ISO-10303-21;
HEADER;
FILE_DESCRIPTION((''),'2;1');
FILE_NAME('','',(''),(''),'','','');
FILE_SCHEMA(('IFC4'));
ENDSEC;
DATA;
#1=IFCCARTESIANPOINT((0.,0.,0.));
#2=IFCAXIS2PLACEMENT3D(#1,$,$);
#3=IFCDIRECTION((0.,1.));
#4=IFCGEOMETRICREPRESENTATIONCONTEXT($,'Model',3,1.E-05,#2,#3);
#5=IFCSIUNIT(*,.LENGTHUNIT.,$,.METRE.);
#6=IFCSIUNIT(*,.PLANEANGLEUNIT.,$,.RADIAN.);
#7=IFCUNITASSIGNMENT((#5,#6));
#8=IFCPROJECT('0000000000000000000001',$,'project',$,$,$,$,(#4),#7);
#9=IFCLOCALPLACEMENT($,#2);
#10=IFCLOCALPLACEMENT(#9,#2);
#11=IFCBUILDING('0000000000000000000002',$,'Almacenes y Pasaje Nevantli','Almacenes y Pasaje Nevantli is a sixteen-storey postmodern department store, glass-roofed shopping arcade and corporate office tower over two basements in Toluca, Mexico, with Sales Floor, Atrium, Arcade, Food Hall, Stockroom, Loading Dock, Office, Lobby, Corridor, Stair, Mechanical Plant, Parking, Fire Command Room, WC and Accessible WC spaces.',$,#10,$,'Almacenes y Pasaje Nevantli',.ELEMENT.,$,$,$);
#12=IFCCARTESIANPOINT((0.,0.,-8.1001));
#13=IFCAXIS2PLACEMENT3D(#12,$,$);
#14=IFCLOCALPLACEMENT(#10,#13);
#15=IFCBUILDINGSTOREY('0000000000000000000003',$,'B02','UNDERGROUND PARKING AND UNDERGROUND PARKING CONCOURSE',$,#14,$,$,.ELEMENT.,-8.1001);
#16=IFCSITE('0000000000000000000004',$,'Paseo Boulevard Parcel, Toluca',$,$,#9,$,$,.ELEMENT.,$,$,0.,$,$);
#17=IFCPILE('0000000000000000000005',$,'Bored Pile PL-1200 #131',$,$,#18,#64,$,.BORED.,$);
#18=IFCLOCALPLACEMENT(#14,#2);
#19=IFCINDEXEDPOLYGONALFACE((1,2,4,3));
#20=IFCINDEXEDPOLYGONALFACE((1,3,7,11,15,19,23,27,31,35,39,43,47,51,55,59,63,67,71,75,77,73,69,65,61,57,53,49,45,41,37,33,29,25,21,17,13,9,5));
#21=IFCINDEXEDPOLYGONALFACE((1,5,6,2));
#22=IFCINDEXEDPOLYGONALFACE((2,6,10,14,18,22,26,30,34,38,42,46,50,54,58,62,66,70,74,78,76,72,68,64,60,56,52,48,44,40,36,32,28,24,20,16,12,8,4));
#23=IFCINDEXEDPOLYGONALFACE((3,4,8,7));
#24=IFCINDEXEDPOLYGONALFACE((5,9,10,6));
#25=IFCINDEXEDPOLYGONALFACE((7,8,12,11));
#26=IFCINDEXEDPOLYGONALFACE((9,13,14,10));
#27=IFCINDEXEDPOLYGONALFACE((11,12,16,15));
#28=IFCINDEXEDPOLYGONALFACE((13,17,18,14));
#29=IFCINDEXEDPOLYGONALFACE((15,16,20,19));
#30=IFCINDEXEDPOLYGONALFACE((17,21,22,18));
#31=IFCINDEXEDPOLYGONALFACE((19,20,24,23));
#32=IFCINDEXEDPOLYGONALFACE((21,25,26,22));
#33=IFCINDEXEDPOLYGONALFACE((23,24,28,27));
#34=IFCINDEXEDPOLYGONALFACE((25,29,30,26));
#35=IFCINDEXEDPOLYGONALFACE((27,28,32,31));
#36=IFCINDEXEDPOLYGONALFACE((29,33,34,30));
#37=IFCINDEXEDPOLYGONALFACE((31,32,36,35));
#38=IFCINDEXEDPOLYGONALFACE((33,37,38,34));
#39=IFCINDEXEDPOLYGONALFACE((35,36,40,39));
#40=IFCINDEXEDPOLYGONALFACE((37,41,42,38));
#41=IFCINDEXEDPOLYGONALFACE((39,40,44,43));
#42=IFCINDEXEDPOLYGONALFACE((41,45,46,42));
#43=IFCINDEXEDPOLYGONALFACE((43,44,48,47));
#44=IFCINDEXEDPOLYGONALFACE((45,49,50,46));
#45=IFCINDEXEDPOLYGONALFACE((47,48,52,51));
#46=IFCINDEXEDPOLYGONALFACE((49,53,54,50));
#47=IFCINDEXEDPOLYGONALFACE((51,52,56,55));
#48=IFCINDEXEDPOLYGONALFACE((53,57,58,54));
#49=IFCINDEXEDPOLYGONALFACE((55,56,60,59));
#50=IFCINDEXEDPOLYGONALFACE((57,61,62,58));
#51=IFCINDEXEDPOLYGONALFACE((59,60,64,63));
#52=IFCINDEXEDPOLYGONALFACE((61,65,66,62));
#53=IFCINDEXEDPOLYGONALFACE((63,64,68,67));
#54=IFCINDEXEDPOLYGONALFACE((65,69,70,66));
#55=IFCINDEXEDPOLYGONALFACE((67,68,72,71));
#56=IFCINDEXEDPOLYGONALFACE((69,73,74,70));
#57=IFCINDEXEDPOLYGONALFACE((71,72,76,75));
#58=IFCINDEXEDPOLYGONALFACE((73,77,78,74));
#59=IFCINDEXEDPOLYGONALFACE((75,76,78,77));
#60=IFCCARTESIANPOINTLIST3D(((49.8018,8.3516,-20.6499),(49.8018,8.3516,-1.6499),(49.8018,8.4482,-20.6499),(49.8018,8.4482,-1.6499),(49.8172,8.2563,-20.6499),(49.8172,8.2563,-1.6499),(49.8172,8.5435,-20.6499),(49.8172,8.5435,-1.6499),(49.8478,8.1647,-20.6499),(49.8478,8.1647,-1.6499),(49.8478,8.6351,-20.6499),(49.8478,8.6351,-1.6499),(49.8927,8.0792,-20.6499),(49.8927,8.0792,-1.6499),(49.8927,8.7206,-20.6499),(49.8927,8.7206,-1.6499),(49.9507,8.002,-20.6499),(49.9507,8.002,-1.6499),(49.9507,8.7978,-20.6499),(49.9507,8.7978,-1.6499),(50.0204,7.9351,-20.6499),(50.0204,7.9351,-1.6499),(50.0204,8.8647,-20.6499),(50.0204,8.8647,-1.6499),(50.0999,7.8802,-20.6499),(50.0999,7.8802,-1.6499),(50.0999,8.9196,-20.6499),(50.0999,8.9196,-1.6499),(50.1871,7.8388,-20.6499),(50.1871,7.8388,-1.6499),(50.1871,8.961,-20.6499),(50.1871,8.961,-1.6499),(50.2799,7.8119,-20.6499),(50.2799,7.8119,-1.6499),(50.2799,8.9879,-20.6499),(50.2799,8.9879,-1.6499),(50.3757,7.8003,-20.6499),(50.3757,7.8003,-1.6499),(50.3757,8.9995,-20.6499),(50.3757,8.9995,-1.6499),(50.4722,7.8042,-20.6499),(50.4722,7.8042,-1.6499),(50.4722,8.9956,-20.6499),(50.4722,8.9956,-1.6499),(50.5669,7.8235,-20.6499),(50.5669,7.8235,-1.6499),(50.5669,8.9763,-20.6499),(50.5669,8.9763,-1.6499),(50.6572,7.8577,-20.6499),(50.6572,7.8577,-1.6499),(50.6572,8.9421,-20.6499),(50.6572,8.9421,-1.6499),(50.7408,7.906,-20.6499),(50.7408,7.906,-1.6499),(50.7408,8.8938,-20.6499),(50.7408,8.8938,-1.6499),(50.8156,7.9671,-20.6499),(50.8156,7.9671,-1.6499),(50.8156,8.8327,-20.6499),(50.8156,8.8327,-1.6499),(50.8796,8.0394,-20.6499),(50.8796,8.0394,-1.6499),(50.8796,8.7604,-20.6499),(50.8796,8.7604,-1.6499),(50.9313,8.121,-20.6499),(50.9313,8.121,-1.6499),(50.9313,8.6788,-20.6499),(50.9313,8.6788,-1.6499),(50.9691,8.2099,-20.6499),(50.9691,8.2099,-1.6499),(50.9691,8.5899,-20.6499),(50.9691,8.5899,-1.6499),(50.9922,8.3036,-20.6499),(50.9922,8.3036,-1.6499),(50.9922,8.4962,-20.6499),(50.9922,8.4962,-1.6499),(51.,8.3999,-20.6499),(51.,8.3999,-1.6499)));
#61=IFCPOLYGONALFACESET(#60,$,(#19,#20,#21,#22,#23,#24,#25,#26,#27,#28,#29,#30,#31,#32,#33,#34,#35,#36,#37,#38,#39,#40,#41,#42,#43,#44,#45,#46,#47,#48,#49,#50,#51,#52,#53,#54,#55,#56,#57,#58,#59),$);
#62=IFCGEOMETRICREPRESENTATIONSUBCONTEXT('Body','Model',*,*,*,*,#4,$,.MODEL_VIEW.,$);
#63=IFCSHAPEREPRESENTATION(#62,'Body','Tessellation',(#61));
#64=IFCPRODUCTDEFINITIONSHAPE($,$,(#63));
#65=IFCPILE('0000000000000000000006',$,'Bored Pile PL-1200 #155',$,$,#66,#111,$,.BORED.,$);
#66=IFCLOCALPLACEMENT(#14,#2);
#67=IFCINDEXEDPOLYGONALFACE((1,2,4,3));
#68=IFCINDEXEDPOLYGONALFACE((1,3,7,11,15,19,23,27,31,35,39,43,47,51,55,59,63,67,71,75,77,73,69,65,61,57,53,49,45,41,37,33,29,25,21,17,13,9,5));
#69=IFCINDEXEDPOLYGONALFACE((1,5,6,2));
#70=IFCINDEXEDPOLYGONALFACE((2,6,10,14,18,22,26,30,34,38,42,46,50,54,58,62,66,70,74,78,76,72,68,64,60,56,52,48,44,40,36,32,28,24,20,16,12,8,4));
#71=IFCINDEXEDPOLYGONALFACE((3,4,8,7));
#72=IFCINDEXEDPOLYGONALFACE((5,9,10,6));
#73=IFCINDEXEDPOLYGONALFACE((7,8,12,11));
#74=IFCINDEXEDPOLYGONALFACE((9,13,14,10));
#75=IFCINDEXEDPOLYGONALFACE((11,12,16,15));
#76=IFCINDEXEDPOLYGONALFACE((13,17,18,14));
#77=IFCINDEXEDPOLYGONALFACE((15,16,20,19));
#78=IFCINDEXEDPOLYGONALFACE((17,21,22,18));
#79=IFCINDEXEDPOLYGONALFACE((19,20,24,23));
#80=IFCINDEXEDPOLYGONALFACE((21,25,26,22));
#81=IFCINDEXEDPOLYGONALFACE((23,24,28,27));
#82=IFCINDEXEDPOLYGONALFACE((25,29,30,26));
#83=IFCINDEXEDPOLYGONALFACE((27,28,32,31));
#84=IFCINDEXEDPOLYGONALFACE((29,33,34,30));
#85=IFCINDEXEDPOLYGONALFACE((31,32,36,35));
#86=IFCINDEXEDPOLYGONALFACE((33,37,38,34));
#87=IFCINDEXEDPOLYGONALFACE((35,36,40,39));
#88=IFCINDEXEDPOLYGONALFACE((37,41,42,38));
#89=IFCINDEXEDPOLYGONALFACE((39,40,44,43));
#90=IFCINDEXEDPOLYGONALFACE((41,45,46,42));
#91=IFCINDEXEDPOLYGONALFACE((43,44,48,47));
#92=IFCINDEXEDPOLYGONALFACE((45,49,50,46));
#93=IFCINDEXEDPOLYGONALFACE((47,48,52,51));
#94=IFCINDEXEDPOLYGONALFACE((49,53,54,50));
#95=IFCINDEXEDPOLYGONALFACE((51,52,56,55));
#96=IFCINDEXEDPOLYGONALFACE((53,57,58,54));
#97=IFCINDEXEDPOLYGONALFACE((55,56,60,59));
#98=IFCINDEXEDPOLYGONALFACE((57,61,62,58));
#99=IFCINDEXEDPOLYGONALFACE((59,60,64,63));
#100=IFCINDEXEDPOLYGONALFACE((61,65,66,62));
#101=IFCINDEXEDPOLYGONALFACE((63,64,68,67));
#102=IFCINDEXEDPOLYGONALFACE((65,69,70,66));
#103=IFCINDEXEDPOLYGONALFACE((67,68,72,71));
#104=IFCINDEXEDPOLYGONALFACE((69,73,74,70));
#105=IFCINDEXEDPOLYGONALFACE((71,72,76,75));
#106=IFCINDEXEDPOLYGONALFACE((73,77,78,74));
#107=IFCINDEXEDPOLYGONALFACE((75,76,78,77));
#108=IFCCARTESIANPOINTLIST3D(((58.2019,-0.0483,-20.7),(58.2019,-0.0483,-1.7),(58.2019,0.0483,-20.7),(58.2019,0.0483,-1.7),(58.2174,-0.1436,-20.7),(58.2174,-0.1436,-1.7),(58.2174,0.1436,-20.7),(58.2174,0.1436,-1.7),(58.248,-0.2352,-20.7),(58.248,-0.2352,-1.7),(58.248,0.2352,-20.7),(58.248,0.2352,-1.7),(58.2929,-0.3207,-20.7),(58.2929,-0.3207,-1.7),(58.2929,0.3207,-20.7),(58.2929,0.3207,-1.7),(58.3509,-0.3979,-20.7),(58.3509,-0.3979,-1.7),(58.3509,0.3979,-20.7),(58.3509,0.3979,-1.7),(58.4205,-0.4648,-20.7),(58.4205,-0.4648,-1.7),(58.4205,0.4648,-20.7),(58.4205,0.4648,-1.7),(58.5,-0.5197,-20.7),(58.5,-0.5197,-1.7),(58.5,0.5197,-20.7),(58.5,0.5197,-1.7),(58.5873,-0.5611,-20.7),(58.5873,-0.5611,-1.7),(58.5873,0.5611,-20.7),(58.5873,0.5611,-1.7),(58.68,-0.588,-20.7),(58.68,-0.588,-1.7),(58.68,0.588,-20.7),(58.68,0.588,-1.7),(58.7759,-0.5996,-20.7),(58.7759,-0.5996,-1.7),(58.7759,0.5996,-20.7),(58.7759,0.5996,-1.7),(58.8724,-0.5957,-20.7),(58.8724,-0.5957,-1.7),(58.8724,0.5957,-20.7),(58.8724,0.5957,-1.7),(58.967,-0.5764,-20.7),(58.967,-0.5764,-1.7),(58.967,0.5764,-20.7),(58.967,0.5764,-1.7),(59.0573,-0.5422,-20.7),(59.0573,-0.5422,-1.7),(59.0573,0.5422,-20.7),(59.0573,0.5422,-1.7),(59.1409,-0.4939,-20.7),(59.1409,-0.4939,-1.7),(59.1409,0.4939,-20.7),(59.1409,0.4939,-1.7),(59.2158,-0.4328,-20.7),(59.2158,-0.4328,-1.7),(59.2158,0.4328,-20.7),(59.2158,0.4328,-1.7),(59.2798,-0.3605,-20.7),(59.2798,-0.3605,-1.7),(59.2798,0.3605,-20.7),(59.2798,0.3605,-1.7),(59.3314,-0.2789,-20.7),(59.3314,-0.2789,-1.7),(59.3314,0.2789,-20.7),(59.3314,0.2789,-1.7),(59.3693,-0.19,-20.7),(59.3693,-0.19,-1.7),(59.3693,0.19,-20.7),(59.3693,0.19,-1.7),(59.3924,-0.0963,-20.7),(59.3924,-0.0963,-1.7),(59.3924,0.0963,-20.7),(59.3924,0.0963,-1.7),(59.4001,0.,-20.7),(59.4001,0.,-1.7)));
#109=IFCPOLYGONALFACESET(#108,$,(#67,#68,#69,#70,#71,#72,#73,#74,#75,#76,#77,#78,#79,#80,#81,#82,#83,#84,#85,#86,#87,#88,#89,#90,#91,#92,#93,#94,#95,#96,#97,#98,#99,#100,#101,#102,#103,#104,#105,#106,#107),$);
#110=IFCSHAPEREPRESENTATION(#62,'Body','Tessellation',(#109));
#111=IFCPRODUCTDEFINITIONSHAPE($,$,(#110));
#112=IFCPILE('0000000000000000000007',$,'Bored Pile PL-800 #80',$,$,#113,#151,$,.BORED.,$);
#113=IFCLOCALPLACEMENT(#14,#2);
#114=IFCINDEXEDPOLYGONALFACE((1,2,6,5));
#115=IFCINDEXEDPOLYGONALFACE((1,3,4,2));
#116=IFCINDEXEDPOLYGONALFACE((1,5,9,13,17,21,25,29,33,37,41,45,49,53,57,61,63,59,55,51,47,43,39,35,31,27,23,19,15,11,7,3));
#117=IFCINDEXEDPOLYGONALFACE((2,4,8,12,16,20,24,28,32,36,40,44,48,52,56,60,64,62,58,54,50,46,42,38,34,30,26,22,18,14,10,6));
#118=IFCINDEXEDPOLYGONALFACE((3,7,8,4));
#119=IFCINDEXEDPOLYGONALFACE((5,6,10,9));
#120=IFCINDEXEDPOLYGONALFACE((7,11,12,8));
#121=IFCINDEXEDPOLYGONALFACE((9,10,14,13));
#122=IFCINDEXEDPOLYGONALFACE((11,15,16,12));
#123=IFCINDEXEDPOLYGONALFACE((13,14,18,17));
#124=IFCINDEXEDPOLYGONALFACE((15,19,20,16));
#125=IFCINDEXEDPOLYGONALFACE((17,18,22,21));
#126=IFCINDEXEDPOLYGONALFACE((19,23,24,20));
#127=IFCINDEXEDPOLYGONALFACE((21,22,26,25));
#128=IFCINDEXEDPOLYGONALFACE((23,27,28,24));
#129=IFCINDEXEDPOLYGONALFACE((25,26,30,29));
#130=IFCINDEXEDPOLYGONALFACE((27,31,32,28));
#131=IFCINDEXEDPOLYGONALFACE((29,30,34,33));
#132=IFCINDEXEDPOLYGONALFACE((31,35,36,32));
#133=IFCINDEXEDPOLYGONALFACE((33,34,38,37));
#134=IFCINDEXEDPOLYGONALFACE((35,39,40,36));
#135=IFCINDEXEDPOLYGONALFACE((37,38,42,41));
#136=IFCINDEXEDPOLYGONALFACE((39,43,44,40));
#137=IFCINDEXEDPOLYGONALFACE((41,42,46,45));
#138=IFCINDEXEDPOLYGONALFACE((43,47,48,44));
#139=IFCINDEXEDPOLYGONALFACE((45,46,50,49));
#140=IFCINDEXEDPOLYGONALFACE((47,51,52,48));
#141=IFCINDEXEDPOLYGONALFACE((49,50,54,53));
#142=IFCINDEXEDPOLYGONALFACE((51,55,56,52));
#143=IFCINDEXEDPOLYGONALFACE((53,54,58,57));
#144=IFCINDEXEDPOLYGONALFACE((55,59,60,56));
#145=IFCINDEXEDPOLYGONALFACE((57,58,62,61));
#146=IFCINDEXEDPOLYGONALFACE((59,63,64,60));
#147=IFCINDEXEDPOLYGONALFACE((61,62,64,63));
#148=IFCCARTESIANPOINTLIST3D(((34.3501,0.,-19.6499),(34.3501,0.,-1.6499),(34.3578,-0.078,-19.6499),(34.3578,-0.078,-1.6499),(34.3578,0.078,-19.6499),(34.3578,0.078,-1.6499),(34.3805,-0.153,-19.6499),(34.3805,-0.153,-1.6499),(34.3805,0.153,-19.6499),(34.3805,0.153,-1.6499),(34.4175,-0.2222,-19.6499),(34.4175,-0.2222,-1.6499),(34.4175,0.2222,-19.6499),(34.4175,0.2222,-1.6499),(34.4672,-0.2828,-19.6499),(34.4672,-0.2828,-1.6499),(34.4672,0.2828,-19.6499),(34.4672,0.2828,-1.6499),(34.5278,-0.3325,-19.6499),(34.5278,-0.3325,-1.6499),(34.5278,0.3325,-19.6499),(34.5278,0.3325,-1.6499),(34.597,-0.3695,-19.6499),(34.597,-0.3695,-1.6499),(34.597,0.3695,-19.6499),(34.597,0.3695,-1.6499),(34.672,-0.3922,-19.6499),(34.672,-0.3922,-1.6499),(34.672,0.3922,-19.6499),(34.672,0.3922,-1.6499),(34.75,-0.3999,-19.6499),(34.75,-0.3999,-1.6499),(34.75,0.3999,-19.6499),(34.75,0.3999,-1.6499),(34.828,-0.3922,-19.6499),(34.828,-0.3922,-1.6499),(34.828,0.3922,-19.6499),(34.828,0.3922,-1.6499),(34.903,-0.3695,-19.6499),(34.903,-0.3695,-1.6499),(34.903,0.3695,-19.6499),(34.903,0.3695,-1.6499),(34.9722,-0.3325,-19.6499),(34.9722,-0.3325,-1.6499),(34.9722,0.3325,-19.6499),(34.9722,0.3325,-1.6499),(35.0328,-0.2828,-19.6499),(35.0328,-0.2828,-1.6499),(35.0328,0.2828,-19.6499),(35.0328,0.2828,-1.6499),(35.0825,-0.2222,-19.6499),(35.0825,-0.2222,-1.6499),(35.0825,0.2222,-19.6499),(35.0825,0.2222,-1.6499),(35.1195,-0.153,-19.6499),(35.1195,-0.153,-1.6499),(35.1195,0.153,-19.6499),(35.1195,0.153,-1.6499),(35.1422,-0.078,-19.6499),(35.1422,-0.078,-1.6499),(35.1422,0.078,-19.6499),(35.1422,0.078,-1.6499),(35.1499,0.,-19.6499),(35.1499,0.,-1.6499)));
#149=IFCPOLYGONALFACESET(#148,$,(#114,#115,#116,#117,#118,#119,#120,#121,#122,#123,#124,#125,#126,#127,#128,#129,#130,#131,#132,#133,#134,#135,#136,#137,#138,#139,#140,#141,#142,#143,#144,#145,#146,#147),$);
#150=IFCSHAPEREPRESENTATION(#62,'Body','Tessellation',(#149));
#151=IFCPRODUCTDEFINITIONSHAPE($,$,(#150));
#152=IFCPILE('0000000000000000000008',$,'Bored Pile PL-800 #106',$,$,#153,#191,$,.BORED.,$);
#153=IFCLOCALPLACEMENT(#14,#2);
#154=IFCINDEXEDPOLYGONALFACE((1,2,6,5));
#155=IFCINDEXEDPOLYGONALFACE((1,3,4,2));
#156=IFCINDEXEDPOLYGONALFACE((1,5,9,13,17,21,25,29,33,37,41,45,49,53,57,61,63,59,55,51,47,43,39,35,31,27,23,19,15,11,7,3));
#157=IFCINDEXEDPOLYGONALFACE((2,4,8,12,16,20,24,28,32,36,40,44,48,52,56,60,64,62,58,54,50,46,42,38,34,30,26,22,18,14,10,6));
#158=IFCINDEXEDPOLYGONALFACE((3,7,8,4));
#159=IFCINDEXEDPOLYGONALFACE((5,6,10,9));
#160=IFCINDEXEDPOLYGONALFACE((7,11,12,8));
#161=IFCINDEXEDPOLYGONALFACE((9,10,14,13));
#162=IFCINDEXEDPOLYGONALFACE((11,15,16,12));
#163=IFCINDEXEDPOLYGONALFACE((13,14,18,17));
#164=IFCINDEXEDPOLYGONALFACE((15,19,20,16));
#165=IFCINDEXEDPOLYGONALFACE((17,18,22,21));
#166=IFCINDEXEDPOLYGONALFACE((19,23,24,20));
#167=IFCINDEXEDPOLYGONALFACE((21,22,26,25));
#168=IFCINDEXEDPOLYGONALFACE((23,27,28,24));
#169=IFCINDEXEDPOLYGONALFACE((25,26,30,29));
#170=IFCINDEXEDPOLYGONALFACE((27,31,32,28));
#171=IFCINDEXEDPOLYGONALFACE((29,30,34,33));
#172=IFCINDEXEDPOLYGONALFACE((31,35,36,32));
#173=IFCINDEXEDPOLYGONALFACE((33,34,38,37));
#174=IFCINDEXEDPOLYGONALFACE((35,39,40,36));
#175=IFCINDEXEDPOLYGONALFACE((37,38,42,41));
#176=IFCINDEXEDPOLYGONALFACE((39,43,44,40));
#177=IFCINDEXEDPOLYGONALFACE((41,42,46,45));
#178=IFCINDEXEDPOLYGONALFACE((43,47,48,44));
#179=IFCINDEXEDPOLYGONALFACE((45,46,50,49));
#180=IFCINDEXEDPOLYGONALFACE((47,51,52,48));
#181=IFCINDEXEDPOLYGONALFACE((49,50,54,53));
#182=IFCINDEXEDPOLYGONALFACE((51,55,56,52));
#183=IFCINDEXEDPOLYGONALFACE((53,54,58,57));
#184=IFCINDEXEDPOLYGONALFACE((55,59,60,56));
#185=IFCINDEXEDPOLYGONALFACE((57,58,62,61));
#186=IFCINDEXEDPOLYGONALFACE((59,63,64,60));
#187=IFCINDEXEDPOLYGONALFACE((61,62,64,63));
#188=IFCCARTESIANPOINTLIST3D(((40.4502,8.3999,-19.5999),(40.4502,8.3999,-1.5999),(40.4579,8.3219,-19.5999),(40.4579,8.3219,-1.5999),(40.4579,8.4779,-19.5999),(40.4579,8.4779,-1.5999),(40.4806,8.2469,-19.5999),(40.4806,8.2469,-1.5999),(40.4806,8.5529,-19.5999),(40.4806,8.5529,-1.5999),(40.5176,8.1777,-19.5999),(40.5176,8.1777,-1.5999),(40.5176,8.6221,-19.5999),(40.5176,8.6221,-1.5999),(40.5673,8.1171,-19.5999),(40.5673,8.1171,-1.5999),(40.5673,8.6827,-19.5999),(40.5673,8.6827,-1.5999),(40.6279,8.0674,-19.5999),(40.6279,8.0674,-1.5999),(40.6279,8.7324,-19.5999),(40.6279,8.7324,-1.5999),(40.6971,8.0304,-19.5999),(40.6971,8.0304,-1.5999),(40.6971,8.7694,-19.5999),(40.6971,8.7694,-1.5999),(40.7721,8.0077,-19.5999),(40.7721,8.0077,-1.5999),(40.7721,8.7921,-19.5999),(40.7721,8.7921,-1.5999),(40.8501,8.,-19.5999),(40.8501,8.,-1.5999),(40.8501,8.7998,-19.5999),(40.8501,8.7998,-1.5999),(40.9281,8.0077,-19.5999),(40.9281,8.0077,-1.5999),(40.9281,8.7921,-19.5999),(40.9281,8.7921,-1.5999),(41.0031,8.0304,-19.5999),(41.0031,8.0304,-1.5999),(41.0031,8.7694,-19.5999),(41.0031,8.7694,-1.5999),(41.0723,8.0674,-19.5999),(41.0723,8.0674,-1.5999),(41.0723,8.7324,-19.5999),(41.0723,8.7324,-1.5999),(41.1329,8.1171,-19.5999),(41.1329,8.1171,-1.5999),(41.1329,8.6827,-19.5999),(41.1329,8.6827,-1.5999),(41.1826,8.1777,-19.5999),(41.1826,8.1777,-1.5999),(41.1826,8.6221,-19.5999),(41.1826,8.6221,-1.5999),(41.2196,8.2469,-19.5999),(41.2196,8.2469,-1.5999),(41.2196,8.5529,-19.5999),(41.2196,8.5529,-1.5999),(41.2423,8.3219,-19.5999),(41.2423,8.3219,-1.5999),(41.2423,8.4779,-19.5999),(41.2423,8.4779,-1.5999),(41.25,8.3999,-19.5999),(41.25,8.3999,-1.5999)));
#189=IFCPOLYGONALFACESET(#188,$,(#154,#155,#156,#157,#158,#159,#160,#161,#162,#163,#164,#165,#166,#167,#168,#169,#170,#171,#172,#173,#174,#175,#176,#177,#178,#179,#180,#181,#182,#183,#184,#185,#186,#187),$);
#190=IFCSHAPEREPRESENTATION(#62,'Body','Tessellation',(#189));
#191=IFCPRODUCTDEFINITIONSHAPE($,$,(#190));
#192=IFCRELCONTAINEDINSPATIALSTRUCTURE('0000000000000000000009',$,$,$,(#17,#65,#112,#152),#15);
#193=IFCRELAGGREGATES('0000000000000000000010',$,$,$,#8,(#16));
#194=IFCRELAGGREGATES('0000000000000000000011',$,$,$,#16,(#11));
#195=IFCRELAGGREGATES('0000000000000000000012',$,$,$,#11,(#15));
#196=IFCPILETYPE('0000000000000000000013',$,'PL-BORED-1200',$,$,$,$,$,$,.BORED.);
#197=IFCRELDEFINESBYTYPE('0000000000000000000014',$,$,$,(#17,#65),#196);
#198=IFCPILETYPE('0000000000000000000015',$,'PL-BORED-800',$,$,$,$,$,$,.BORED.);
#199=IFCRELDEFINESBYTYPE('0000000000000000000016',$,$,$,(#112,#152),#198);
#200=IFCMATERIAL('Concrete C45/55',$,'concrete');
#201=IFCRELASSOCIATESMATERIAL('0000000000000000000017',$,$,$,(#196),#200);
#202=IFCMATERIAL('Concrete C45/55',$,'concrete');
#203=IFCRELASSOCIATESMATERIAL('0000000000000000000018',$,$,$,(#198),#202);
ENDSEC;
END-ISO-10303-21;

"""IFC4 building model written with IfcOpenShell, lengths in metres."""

from ifc_helpers import new_model, si_unit, direction, frame, origin, origin_2d, place, context, subcontext, project, spatial, circle, extrude, material, material_profile, profile_set, type_object, element, save


model = new_model("IFC4")

# Units and contexts
model_context = context("Model", 3, precision=1e-05, world=origin(), true_north=direction((0.0, 1.0)))
body_context = subcontext(model_context, "Body", "Model", "MODEL_VIEW")
ifc_project = project(units=[si_unit("LENGTHUNIT", "METRE"), si_unit("PLANEANGLEUNIT", "RADIAN")], contexts=[model_context])

# Site, building, storey
site_placement = place(None, origin())
site = spatial("IfcSite", under=ifc_project, at=site_placement, Name="Paseo Boulevard Parcel, Toluca", CompositionType="ELEMENT", RefElevation=0.0)
building_placement = place(site_placement, origin())
building = spatial("IfcBuilding", under=site, at=building_placement, Name="Almacenes y Pasaje Nevantli", Description="Almacenes y Pasaje Nevantli is a sixteen-storey postmodern department store, glass-roofed shopping arcade and corporate office tower over two basements in Toluca, Mexico, with Sales Floor, Atrium, Arcade, Food Hall, Stockroom, Loading Dock, Office, Lobby, Corridor, Stair, Mechanical Plant, Parking, Fire Command Room, WC and Accessible WC spaces.", LongName="Almacenes y Pasaje Nevantli", CompositionType="ELEMENT")
storey_placement = place(building_placement, frame((0.0, 0.0, -8.1001)))
storey = spatial("IfcBuildingStorey", under=building, at=storey_placement, Name="B02", Description="UNDERGROUND PARKING AND UNDERGROUND PARKING CONCOURSE", CompositionType="ELEMENT", Elevation=-8.1001)

# Piles
ifc_material_1 = material(Name="Concrete C45/55", Category="concrete")
ifc_material_profile_1 = material_profile(ifc_material_1, circle(Radius=0.6001, at=origin_2d()), Name="RC-PILE-D1200")
ifc_profile_set_1 = profile_set([ifc_material_profile_1], Name="Concrete C45/55")
pile_type_1 = type_object("IfcPileType", Name="PL-BORED-1200", PredefinedType="BORED", material=ifc_profile_set_1)
for number, where, z_axis, x_axis, name in (
    (1, (50.3999, 8.3999, -1.6499), (0.0, 0.0, -1.0), (1.0, 0.0, 0.0), "Bored Pile PL-1200 #131"),
    (2, (58.8, 0.0, -1.7), (0.0, 0.0, -1.0), (1.0, 0.0, 0.0), "Bored Pile PL-1200 #155"),
):
    element("IfcPile", number, at=place(storey_placement, frame(where, z_axis=z_axis, x_axis=x_axis)), inside=storey, type_object=pile_type_1, Name=name, PredefinedType="BORED", context=body_context, shape_type="SweptSolid", body=[
        extrude(circle(Radius=0.6001, at=origin_2d()), origin(), (0.0, 0.0, 1.0), 19.0),
    ])
ifc_material_2 = material(Name="Concrete C45/55", Category="concrete")
ifc_material_profile_2 = material_profile(ifc_material_2, circle(Radius=0.3999, at=origin_2d()), Name="RC-PILE-D800")
ifc_profile_set_2 = profile_set([ifc_material_profile_2], Name="Concrete C45/55")
pile_type_2 = type_object("IfcPileType", Name="PL-BORED-800", PredefinedType="BORED", material=ifc_profile_set_2)
for number, where, z_axis, x_axis, name in (
    (3, (34.75, 0.0, -1.6499), (0.0, 0.0, -1.0), (1.0, 0.0, 0.0), "Bored Pile PL-800 #80"),
    (4, (40.8501, 8.3999, -1.5999), (0.0, 0.0, -1.0), (1.0, 0.0, 0.0), "Bored Pile PL-800 #106"),
):
    element("IfcPile", number, at=place(storey_placement, frame(where, z_axis=z_axis, x_axis=x_axis)), inside=storey, type_object=pile_type_2, Name=name, PredefinedType="BORED", context=body_context, shape_type="SweptSolid", body=[
        extrude(circle(Radius=0.3999, at=origin_2d()), origin(), (0.0, 0.0, 1.0), 18.0),
    ])

save(model, "model.ifc")
